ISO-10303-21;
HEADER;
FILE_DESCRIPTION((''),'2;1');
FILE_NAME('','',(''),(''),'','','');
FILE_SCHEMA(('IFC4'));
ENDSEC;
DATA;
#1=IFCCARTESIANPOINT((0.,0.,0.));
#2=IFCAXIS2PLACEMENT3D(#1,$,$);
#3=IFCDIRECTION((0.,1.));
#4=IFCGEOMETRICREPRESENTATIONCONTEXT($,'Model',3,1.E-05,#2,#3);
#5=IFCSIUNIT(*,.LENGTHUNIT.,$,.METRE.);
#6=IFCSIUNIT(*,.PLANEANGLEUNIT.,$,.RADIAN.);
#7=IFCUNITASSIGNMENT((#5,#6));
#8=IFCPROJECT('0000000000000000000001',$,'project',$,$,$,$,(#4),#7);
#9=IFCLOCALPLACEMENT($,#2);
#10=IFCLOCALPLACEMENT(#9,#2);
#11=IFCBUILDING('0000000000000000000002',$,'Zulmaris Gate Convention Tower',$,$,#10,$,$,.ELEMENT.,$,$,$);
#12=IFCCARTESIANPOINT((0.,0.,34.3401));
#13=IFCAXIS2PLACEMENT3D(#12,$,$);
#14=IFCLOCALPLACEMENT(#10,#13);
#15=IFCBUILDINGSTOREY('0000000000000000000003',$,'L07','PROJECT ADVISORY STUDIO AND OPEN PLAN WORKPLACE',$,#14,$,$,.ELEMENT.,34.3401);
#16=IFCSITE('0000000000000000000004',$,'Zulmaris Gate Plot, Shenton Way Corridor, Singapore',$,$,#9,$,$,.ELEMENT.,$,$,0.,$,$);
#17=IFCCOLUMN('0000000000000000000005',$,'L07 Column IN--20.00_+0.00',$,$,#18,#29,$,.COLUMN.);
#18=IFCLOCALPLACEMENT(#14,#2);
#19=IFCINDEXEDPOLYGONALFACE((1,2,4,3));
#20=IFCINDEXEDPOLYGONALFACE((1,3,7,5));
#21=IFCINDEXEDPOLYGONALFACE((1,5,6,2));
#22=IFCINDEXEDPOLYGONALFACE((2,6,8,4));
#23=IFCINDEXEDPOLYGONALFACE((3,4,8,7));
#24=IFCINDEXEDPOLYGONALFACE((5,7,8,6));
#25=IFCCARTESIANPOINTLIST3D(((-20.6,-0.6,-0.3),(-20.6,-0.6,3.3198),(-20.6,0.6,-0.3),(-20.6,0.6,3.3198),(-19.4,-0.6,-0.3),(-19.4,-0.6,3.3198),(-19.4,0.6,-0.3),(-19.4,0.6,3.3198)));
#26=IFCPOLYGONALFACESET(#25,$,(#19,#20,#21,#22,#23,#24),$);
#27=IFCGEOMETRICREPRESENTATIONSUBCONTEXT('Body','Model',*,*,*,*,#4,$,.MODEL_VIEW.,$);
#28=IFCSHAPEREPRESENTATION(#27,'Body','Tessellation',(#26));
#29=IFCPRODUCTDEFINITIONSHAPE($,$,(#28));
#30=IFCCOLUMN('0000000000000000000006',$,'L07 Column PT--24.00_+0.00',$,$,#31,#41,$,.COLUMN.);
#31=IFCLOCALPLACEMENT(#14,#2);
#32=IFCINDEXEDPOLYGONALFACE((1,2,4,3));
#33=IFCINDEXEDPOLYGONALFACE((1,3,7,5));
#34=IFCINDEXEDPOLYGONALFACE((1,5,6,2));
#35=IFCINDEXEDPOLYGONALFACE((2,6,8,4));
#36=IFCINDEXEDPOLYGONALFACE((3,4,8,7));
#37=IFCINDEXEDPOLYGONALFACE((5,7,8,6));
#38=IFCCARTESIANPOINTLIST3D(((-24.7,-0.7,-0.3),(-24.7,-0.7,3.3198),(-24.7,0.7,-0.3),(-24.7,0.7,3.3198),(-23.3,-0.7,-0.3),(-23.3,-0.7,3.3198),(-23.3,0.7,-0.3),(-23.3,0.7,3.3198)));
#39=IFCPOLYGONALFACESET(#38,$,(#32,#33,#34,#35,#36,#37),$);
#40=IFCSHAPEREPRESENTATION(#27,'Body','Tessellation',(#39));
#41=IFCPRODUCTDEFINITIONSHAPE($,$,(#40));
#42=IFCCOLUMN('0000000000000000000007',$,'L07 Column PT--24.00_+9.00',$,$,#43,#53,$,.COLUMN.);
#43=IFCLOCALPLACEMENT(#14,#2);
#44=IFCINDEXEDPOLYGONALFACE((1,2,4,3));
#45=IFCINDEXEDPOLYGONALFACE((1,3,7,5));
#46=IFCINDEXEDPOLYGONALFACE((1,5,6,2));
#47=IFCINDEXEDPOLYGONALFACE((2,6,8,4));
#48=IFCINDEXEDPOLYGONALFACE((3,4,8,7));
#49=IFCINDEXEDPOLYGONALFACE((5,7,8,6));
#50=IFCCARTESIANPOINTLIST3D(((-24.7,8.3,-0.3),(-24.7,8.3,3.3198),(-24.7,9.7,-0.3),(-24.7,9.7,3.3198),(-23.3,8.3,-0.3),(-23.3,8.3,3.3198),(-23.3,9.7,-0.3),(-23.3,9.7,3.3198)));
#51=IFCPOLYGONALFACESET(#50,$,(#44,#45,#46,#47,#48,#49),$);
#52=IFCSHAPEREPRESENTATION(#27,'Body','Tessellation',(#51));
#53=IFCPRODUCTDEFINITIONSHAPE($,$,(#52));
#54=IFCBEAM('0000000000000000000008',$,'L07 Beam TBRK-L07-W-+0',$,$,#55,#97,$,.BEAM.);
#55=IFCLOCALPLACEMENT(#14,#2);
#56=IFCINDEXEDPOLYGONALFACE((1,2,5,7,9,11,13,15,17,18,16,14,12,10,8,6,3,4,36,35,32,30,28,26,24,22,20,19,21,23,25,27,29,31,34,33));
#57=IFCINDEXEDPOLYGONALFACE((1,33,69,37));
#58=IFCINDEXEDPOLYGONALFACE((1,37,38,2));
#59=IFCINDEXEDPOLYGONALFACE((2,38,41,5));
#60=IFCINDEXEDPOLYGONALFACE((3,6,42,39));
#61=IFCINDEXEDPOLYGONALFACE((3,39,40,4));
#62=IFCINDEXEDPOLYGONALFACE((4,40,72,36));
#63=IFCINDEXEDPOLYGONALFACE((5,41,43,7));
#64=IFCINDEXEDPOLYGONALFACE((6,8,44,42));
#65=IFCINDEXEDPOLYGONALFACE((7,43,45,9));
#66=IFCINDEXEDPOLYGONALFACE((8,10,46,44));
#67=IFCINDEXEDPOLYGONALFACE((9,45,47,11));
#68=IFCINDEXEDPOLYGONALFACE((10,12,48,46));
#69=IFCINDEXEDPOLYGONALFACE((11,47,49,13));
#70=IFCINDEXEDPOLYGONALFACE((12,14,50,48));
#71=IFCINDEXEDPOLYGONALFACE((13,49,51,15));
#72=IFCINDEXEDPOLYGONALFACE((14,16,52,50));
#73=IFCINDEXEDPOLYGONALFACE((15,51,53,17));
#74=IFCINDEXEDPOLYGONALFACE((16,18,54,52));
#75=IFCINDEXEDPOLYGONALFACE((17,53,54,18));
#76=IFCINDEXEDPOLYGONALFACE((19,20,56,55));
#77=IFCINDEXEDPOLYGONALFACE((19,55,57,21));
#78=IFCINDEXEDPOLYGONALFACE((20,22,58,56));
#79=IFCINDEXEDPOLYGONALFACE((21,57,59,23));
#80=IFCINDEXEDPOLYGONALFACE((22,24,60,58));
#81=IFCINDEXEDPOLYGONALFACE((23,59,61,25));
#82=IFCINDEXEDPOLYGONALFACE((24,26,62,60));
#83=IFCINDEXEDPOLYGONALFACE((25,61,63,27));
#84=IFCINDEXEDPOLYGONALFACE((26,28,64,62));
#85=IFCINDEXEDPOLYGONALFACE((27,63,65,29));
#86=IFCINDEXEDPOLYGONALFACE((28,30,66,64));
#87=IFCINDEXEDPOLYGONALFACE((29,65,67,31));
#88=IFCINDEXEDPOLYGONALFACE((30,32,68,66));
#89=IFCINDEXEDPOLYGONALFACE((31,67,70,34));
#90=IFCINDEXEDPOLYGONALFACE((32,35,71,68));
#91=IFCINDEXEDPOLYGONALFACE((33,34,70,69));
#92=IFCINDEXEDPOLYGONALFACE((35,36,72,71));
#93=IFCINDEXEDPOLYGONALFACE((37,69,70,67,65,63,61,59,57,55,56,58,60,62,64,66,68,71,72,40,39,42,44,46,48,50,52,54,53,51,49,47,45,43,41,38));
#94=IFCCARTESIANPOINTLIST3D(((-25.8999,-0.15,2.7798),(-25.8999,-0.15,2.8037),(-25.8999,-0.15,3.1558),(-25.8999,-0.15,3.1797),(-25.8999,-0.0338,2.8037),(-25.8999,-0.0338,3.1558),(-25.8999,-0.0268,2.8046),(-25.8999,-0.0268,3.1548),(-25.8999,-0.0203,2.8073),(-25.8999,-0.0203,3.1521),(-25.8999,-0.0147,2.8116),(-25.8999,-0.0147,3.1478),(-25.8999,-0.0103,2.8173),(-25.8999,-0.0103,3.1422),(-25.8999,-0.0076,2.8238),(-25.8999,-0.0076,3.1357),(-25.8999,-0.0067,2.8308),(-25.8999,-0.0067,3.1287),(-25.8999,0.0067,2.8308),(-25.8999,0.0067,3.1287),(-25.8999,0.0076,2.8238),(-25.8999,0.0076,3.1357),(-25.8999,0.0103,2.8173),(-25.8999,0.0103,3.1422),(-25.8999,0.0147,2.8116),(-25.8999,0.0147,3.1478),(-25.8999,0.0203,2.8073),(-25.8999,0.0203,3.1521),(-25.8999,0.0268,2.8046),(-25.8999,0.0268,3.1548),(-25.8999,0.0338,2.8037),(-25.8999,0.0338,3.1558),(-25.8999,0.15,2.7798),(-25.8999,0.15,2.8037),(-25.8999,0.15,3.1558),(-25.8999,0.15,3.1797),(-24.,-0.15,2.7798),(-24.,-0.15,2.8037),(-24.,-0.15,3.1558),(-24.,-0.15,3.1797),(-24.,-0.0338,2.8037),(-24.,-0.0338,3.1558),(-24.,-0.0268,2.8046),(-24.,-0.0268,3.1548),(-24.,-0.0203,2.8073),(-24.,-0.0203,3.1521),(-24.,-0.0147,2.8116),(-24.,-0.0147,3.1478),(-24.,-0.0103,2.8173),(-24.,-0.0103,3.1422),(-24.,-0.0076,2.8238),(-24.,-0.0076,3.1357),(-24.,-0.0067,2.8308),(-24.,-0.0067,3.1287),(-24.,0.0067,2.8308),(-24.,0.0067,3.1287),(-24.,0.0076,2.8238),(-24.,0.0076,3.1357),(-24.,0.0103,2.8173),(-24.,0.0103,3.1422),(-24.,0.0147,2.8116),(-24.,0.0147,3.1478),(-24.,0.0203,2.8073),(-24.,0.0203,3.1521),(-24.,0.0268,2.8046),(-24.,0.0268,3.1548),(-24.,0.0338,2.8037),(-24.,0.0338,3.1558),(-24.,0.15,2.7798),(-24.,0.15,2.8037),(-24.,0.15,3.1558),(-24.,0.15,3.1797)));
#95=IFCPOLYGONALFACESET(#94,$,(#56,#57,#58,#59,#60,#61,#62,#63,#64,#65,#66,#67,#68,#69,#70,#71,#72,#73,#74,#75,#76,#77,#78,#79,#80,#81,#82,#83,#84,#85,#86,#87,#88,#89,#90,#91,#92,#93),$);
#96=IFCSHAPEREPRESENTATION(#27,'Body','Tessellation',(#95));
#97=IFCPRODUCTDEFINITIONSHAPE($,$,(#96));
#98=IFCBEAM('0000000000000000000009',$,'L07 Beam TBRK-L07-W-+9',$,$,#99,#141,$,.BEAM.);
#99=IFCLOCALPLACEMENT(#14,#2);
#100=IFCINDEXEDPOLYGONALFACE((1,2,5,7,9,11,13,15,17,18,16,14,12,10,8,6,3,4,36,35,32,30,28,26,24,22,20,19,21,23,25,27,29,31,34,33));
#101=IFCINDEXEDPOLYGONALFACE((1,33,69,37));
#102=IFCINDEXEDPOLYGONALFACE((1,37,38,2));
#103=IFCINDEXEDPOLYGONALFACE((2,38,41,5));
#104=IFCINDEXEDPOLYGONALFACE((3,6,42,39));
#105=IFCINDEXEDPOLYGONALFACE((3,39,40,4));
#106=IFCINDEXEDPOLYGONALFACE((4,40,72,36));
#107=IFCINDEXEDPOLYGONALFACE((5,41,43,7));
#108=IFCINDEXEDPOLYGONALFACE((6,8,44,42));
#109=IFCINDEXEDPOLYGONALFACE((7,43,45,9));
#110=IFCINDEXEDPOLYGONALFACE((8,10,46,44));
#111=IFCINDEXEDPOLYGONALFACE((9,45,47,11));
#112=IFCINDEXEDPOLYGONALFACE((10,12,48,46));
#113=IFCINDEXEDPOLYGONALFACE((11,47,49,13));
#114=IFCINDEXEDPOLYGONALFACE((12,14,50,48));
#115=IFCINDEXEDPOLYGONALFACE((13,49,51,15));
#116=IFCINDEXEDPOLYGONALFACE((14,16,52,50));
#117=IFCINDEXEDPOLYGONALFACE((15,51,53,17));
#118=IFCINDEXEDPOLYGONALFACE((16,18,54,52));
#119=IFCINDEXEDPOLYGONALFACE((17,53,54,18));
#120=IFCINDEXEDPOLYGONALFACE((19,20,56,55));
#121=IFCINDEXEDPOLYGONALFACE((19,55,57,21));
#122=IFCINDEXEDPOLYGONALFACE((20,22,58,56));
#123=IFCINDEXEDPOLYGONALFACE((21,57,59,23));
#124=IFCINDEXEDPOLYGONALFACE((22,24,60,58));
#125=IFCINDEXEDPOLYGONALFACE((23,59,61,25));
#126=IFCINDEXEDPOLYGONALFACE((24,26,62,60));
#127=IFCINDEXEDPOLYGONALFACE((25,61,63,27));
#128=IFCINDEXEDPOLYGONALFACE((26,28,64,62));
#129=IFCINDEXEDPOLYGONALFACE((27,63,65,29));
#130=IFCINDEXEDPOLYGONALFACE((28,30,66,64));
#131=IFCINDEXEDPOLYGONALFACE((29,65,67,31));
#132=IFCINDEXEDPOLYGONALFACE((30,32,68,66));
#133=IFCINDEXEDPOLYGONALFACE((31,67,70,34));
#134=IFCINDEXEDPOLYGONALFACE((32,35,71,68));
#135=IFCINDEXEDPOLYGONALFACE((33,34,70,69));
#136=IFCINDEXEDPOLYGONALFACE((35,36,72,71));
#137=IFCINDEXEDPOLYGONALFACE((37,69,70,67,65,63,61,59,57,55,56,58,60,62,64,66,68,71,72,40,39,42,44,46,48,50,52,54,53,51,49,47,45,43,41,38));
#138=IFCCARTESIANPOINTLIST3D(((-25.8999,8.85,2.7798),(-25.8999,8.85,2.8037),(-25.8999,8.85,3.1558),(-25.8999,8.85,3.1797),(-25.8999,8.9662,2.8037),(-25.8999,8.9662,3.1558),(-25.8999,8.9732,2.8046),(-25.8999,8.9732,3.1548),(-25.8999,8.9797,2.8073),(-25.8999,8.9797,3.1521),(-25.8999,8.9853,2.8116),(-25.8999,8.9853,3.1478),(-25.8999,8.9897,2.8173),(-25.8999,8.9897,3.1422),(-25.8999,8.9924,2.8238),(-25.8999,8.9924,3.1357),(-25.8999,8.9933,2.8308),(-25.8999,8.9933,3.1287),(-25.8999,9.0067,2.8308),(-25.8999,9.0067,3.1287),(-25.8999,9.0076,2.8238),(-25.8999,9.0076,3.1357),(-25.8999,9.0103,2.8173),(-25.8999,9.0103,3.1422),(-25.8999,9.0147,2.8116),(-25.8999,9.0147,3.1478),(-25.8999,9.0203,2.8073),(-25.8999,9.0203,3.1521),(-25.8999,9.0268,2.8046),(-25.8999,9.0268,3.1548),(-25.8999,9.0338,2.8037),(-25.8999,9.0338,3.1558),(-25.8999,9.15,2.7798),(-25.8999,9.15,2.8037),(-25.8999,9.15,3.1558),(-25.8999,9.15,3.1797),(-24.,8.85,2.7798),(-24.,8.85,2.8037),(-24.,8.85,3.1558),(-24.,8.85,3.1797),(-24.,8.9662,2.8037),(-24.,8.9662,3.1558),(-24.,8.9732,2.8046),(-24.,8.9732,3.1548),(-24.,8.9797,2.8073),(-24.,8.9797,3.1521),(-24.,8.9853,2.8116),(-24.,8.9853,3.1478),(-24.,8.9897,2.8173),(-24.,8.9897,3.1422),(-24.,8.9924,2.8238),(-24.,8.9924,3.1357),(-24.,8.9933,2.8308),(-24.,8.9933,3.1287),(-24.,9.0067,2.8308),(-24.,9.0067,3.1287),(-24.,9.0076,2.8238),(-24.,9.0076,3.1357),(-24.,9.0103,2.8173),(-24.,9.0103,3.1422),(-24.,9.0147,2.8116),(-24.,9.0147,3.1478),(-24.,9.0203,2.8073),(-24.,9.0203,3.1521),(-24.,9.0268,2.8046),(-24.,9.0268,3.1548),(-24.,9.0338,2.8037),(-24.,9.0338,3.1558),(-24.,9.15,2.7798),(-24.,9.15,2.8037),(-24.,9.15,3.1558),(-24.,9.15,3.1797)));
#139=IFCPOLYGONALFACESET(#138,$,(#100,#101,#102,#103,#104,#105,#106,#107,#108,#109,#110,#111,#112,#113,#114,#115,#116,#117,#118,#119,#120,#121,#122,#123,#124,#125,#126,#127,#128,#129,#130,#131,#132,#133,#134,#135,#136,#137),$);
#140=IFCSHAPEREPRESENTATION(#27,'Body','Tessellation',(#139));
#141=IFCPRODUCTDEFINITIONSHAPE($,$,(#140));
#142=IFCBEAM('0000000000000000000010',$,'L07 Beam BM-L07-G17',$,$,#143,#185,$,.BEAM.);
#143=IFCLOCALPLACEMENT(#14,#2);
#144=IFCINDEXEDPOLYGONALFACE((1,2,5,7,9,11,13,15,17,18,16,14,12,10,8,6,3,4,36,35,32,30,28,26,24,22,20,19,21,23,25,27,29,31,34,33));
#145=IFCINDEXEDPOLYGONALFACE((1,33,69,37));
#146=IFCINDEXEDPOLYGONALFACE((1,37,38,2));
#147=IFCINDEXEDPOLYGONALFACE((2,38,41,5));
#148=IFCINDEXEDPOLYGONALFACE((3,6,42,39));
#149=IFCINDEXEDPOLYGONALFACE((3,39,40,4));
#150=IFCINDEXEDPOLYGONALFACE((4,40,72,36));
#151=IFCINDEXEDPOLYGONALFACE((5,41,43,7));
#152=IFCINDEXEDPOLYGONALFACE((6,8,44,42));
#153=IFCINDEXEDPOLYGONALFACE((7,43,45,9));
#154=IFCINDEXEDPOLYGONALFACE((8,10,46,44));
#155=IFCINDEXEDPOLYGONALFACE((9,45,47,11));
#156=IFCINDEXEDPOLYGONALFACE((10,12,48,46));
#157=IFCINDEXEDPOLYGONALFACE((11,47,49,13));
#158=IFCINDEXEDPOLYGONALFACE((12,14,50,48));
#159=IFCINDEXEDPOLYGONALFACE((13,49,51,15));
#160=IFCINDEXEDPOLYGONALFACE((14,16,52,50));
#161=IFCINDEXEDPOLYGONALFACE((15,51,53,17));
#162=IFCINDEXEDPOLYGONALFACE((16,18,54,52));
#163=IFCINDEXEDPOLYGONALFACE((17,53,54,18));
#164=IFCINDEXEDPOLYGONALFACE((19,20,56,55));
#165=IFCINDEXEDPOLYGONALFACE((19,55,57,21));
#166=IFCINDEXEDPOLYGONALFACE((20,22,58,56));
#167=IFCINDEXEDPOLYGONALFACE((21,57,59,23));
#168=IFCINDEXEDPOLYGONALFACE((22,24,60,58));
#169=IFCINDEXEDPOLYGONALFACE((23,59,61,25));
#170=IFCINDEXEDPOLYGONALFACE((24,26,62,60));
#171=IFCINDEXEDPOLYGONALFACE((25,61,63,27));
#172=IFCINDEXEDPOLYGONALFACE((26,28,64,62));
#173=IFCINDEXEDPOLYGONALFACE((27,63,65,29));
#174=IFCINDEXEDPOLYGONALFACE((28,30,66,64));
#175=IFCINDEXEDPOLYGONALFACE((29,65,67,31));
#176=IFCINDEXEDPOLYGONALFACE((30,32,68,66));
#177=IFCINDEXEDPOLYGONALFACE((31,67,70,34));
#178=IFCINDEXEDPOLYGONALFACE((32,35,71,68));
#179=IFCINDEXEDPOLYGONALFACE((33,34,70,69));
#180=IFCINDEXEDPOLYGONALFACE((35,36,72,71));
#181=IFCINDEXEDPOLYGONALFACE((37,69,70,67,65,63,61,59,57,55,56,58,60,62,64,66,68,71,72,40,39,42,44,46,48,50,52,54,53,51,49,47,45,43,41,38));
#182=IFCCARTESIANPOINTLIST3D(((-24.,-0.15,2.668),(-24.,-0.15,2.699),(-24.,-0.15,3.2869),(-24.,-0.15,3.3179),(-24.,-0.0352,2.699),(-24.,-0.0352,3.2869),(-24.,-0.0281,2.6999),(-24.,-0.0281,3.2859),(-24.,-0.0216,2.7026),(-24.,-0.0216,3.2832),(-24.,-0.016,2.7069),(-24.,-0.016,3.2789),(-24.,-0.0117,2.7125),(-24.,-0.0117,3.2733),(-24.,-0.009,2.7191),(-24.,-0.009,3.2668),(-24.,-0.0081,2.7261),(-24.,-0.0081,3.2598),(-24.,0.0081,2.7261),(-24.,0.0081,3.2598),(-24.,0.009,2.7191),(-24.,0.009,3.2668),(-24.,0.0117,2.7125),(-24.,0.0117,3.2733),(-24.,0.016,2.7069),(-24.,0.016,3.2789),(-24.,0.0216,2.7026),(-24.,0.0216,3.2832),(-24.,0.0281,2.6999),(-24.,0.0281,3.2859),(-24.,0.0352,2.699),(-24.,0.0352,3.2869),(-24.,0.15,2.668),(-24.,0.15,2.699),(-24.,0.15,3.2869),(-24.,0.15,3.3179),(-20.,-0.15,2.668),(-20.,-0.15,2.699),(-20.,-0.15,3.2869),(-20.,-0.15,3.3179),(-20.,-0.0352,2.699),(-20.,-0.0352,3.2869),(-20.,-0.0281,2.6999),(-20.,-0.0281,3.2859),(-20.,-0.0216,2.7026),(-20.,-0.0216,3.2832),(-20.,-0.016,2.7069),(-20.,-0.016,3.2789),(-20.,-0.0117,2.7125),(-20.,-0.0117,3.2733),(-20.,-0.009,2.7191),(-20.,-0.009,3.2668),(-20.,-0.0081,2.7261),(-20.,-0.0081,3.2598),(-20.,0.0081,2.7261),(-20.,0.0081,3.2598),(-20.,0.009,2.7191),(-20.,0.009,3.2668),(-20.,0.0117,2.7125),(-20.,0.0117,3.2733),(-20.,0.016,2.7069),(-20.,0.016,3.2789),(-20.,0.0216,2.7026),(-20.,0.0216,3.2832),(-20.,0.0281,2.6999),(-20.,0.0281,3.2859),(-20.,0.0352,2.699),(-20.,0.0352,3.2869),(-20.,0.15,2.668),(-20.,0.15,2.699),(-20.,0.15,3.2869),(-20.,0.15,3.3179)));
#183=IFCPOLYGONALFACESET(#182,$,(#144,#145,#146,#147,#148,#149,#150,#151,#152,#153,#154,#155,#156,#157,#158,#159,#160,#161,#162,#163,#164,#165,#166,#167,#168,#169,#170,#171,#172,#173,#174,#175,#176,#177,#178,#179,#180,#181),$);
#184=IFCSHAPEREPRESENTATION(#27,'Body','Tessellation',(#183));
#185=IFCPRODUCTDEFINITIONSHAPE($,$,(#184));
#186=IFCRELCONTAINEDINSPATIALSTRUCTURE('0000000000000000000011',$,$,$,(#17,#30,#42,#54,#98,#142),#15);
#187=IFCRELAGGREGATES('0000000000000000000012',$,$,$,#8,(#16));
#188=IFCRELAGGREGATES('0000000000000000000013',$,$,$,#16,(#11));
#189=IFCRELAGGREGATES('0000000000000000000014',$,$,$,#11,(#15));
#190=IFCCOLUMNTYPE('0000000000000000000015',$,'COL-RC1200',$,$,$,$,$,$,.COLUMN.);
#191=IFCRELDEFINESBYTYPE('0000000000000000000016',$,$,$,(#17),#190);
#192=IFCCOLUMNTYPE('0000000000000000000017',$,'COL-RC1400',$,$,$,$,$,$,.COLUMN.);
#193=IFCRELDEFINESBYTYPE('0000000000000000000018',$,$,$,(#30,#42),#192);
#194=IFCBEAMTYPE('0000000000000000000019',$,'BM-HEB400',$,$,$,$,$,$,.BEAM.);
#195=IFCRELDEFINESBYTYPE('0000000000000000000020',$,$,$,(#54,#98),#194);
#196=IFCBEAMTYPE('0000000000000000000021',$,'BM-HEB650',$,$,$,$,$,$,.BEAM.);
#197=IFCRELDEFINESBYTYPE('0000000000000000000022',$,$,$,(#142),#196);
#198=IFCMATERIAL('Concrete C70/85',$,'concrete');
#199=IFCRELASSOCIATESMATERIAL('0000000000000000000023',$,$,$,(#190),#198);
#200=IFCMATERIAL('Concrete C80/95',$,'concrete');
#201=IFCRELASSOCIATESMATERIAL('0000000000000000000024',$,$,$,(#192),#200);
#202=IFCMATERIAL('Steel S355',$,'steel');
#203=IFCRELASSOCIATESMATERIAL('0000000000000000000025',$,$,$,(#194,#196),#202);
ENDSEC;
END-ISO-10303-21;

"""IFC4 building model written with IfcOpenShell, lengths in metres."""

from ifc_helpers import new_model, si_unit, direction, frame, origin, origin_2d, place, context, subcontext, project, spatial, rectangle, i_section, extrude, material, material_profile, profile_set, type_object, element, save


model = new_model("IFC4")

# Units and contexts
model_context = context("Model", 3, precision=1e-05, world=origin(), true_north=direction((0.0, 1.0)))
body_context = subcontext(model_context, "Body", "Model", "MODEL_VIEW")
ifc_project = project(units=[si_unit("LENGTHUNIT", "METRE"), si_unit("PLANEANGLEUNIT", "RADIAN")], contexts=[model_context])

# Site, building, storey
site_placement = place(None, origin())
site = spatial("IfcSite", under=ifc_project, at=site_placement, Name="Zulmaris Gate Plot, Shenton Way Corridor, Singapore", CompositionType="ELEMENT", RefElevation=0.0)
building_placement = place(site_placement, origin())
building = spatial("IfcBuilding", under=site, at=building_placement, Name="Zulmaris Gate Convention Tower", CompositionType="ELEMENT")
storey_placement = place(building_placement, frame((0.0, 0.0, 34.3401)))
storey = spatial("IfcBuildingStorey", under=building, at=storey_placement, Name="L07", Description="PROJECT ADVISORY STUDIO AND OPEN PLAN WORKPLACE", CompositionType="ELEMENT", Elevation=34.3401)

# Columns
ifc_material_1 = material(Name="Concrete C70/85", Category="concrete")
ifc_material_profile_1 = material_profile(ifc_material_1, rectangle(XDim=1.2, YDim=1.2, at=origin_2d()), Name="RC COL 1200x1200")
ifc_profile_set_1 = profile_set([ifc_material_profile_1], Name="Concrete C70/85")
column_type_1 = type_object("IfcColumnType", Name="COL-RC1200", PredefinedType="COLUMN", material=ifc_profile_set_1)
column_placement = place(storey_placement, frame((-20.0, 0.0, -0.3), z_axis=(0.0, 0.0, 1.0), x_axis=(1.0, 0.0, 0.0)))
element("IfcColumn", 1, at=column_placement, inside=storey, type_object=column_type_1, Name="L07 Column IN--20.00_+0.00", PredefinedType="COLUMN", context=body_context, shape_type="SweptSolid", body=[
    extrude(rectangle(XDim=1.2, YDim=1.2, at=origin_2d()), origin(), (0.0, 0.0, 1.0), 3.6199),
])
ifc_material_2 = material(Name="Concrete C80/95", Category="concrete")
ifc_material_profile_2 = material_profile(ifc_material_2, rectangle(XDim=1.3999, YDim=1.3999, at=origin_2d()), Name="RC COL 1400x1400")
ifc_profile_set_2 = profile_set([ifc_material_profile_2], Name="Concrete C80/95")
column_type_2 = type_object("IfcColumnType", Name="COL-RC1400", PredefinedType="COLUMN", material=ifc_profile_set_2)
for number, where, z_axis, x_axis, name in (
    (2, (-24.0, 0.0, -0.3), (0.0, 0.0, 1.0), (1.0, 0.0, 0.0), "L07 Column PT--24.00_+0.00"),
    (3, (-24.0, 9.0, -0.3), (0.0, 0.0, 1.0), (1.0, 0.0, 0.0), "L07 Column PT--24.00_+9.00"),
):
    element("IfcColumn", number, at=place(storey_placement, frame(where, z_axis=z_axis, x_axis=x_axis)), inside=storey, type_object=column_type_2, Name=name, PredefinedType="COLUMN", context=body_context, shape_type="SweptSolid", body=[
        extrude(rectangle(XDim=1.3999, YDim=1.3999, at=origin_2d()), origin(), (0.0, 0.0, 1.0), 3.6199),
    ])

# Beams
ifc_material_3 = material(Name="Steel S355", Category="steel")
ifc_material_profile_3 = material_profile(ifc_material_3, i_section(OverallWidth=0.3, OverallDepth=0.3999, WebThickness=0.0134, FlangeThickness=0.0239, FilletRadius=0.0271, at=origin_2d()), Name="HEB 400")
ifc_profile_set_3 = profile_set([ifc_material_profile_3], Name="Steel S355")
beam_type_1 = type_object("IfcBeamType", Name="BM-HEB400", PredefinedType="BEAM", material=ifc_profile_set_3)
for number, where, z_axis, x_axis, name in (
    (4, (-25.8999, 0.0, 2.9797), (1.0, 0.0, 0.0), (0.0, 1.0, 0.0), "L07 Beam TBRK-L07-W-+0"),
    (5, (-25.8999, 9.0, 2.9797), (1.0, 0.0, 0.0), (0.0, 1.0, 0.0), "L07 Beam TBRK-L07-W-+9"),
):
    element("IfcBeam", number, at=place(storey_placement, frame(where, z_axis=z_axis, x_axis=x_axis)), inside=storey, type_object=beam_type_1, Name=name, PredefinedType="BEAM", context=body_context, shape_type="SweptSolid", body=[
        extrude(i_section(OverallWidth=0.3, OverallDepth=0.3999, WebThickness=0.0134, FlangeThickness=0.0239, FilletRadius=0.0271, at=origin_2d()), origin(), (0.0, 0.0, 1.0), 1.8999),
    ])
ifc_material_profile_4 = material_profile(ifc_material_3, i_section(OverallWidth=0.3, OverallDepth=0.6499, WebThickness=0.0161, FlangeThickness=0.031, FilletRadius=0.0271, at=origin_2d()), Name="HEB 650")
ifc_profile_set_4 = profile_set([ifc_material_profile_4], Name="Steel S355")
beam_type_2 = type_object("IfcBeamType", Name="BM-HEB650", PredefinedType="BEAM", material=ifc_profile_set_4)
for number, where, z_axis, x_axis, name in (
    (6, (-24.0, 0.0, 2.9929), (1.0, 0.0, 0.0), (0.0, 1.0, 0.0), "L07 Beam BM-L07-G17"),
):
    element("IfcBeam", number, at=place(storey_placement, frame(where, z_axis=z_axis, x_axis=x_axis)), inside=storey, type_object=beam_type_2, Name=name, PredefinedType="BEAM", context=body_context, shape_type="SweptSolid", body=[
        extrude(i_section(OverallWidth=0.3, OverallDepth=0.6499, WebThickness=0.0161, FlangeThickness=0.031, FilletRadius=0.0271, at=origin_2d()), origin(), (0.0, 0.0, 1.0), 4.0),
    ])

save(model, "model.ifc")
